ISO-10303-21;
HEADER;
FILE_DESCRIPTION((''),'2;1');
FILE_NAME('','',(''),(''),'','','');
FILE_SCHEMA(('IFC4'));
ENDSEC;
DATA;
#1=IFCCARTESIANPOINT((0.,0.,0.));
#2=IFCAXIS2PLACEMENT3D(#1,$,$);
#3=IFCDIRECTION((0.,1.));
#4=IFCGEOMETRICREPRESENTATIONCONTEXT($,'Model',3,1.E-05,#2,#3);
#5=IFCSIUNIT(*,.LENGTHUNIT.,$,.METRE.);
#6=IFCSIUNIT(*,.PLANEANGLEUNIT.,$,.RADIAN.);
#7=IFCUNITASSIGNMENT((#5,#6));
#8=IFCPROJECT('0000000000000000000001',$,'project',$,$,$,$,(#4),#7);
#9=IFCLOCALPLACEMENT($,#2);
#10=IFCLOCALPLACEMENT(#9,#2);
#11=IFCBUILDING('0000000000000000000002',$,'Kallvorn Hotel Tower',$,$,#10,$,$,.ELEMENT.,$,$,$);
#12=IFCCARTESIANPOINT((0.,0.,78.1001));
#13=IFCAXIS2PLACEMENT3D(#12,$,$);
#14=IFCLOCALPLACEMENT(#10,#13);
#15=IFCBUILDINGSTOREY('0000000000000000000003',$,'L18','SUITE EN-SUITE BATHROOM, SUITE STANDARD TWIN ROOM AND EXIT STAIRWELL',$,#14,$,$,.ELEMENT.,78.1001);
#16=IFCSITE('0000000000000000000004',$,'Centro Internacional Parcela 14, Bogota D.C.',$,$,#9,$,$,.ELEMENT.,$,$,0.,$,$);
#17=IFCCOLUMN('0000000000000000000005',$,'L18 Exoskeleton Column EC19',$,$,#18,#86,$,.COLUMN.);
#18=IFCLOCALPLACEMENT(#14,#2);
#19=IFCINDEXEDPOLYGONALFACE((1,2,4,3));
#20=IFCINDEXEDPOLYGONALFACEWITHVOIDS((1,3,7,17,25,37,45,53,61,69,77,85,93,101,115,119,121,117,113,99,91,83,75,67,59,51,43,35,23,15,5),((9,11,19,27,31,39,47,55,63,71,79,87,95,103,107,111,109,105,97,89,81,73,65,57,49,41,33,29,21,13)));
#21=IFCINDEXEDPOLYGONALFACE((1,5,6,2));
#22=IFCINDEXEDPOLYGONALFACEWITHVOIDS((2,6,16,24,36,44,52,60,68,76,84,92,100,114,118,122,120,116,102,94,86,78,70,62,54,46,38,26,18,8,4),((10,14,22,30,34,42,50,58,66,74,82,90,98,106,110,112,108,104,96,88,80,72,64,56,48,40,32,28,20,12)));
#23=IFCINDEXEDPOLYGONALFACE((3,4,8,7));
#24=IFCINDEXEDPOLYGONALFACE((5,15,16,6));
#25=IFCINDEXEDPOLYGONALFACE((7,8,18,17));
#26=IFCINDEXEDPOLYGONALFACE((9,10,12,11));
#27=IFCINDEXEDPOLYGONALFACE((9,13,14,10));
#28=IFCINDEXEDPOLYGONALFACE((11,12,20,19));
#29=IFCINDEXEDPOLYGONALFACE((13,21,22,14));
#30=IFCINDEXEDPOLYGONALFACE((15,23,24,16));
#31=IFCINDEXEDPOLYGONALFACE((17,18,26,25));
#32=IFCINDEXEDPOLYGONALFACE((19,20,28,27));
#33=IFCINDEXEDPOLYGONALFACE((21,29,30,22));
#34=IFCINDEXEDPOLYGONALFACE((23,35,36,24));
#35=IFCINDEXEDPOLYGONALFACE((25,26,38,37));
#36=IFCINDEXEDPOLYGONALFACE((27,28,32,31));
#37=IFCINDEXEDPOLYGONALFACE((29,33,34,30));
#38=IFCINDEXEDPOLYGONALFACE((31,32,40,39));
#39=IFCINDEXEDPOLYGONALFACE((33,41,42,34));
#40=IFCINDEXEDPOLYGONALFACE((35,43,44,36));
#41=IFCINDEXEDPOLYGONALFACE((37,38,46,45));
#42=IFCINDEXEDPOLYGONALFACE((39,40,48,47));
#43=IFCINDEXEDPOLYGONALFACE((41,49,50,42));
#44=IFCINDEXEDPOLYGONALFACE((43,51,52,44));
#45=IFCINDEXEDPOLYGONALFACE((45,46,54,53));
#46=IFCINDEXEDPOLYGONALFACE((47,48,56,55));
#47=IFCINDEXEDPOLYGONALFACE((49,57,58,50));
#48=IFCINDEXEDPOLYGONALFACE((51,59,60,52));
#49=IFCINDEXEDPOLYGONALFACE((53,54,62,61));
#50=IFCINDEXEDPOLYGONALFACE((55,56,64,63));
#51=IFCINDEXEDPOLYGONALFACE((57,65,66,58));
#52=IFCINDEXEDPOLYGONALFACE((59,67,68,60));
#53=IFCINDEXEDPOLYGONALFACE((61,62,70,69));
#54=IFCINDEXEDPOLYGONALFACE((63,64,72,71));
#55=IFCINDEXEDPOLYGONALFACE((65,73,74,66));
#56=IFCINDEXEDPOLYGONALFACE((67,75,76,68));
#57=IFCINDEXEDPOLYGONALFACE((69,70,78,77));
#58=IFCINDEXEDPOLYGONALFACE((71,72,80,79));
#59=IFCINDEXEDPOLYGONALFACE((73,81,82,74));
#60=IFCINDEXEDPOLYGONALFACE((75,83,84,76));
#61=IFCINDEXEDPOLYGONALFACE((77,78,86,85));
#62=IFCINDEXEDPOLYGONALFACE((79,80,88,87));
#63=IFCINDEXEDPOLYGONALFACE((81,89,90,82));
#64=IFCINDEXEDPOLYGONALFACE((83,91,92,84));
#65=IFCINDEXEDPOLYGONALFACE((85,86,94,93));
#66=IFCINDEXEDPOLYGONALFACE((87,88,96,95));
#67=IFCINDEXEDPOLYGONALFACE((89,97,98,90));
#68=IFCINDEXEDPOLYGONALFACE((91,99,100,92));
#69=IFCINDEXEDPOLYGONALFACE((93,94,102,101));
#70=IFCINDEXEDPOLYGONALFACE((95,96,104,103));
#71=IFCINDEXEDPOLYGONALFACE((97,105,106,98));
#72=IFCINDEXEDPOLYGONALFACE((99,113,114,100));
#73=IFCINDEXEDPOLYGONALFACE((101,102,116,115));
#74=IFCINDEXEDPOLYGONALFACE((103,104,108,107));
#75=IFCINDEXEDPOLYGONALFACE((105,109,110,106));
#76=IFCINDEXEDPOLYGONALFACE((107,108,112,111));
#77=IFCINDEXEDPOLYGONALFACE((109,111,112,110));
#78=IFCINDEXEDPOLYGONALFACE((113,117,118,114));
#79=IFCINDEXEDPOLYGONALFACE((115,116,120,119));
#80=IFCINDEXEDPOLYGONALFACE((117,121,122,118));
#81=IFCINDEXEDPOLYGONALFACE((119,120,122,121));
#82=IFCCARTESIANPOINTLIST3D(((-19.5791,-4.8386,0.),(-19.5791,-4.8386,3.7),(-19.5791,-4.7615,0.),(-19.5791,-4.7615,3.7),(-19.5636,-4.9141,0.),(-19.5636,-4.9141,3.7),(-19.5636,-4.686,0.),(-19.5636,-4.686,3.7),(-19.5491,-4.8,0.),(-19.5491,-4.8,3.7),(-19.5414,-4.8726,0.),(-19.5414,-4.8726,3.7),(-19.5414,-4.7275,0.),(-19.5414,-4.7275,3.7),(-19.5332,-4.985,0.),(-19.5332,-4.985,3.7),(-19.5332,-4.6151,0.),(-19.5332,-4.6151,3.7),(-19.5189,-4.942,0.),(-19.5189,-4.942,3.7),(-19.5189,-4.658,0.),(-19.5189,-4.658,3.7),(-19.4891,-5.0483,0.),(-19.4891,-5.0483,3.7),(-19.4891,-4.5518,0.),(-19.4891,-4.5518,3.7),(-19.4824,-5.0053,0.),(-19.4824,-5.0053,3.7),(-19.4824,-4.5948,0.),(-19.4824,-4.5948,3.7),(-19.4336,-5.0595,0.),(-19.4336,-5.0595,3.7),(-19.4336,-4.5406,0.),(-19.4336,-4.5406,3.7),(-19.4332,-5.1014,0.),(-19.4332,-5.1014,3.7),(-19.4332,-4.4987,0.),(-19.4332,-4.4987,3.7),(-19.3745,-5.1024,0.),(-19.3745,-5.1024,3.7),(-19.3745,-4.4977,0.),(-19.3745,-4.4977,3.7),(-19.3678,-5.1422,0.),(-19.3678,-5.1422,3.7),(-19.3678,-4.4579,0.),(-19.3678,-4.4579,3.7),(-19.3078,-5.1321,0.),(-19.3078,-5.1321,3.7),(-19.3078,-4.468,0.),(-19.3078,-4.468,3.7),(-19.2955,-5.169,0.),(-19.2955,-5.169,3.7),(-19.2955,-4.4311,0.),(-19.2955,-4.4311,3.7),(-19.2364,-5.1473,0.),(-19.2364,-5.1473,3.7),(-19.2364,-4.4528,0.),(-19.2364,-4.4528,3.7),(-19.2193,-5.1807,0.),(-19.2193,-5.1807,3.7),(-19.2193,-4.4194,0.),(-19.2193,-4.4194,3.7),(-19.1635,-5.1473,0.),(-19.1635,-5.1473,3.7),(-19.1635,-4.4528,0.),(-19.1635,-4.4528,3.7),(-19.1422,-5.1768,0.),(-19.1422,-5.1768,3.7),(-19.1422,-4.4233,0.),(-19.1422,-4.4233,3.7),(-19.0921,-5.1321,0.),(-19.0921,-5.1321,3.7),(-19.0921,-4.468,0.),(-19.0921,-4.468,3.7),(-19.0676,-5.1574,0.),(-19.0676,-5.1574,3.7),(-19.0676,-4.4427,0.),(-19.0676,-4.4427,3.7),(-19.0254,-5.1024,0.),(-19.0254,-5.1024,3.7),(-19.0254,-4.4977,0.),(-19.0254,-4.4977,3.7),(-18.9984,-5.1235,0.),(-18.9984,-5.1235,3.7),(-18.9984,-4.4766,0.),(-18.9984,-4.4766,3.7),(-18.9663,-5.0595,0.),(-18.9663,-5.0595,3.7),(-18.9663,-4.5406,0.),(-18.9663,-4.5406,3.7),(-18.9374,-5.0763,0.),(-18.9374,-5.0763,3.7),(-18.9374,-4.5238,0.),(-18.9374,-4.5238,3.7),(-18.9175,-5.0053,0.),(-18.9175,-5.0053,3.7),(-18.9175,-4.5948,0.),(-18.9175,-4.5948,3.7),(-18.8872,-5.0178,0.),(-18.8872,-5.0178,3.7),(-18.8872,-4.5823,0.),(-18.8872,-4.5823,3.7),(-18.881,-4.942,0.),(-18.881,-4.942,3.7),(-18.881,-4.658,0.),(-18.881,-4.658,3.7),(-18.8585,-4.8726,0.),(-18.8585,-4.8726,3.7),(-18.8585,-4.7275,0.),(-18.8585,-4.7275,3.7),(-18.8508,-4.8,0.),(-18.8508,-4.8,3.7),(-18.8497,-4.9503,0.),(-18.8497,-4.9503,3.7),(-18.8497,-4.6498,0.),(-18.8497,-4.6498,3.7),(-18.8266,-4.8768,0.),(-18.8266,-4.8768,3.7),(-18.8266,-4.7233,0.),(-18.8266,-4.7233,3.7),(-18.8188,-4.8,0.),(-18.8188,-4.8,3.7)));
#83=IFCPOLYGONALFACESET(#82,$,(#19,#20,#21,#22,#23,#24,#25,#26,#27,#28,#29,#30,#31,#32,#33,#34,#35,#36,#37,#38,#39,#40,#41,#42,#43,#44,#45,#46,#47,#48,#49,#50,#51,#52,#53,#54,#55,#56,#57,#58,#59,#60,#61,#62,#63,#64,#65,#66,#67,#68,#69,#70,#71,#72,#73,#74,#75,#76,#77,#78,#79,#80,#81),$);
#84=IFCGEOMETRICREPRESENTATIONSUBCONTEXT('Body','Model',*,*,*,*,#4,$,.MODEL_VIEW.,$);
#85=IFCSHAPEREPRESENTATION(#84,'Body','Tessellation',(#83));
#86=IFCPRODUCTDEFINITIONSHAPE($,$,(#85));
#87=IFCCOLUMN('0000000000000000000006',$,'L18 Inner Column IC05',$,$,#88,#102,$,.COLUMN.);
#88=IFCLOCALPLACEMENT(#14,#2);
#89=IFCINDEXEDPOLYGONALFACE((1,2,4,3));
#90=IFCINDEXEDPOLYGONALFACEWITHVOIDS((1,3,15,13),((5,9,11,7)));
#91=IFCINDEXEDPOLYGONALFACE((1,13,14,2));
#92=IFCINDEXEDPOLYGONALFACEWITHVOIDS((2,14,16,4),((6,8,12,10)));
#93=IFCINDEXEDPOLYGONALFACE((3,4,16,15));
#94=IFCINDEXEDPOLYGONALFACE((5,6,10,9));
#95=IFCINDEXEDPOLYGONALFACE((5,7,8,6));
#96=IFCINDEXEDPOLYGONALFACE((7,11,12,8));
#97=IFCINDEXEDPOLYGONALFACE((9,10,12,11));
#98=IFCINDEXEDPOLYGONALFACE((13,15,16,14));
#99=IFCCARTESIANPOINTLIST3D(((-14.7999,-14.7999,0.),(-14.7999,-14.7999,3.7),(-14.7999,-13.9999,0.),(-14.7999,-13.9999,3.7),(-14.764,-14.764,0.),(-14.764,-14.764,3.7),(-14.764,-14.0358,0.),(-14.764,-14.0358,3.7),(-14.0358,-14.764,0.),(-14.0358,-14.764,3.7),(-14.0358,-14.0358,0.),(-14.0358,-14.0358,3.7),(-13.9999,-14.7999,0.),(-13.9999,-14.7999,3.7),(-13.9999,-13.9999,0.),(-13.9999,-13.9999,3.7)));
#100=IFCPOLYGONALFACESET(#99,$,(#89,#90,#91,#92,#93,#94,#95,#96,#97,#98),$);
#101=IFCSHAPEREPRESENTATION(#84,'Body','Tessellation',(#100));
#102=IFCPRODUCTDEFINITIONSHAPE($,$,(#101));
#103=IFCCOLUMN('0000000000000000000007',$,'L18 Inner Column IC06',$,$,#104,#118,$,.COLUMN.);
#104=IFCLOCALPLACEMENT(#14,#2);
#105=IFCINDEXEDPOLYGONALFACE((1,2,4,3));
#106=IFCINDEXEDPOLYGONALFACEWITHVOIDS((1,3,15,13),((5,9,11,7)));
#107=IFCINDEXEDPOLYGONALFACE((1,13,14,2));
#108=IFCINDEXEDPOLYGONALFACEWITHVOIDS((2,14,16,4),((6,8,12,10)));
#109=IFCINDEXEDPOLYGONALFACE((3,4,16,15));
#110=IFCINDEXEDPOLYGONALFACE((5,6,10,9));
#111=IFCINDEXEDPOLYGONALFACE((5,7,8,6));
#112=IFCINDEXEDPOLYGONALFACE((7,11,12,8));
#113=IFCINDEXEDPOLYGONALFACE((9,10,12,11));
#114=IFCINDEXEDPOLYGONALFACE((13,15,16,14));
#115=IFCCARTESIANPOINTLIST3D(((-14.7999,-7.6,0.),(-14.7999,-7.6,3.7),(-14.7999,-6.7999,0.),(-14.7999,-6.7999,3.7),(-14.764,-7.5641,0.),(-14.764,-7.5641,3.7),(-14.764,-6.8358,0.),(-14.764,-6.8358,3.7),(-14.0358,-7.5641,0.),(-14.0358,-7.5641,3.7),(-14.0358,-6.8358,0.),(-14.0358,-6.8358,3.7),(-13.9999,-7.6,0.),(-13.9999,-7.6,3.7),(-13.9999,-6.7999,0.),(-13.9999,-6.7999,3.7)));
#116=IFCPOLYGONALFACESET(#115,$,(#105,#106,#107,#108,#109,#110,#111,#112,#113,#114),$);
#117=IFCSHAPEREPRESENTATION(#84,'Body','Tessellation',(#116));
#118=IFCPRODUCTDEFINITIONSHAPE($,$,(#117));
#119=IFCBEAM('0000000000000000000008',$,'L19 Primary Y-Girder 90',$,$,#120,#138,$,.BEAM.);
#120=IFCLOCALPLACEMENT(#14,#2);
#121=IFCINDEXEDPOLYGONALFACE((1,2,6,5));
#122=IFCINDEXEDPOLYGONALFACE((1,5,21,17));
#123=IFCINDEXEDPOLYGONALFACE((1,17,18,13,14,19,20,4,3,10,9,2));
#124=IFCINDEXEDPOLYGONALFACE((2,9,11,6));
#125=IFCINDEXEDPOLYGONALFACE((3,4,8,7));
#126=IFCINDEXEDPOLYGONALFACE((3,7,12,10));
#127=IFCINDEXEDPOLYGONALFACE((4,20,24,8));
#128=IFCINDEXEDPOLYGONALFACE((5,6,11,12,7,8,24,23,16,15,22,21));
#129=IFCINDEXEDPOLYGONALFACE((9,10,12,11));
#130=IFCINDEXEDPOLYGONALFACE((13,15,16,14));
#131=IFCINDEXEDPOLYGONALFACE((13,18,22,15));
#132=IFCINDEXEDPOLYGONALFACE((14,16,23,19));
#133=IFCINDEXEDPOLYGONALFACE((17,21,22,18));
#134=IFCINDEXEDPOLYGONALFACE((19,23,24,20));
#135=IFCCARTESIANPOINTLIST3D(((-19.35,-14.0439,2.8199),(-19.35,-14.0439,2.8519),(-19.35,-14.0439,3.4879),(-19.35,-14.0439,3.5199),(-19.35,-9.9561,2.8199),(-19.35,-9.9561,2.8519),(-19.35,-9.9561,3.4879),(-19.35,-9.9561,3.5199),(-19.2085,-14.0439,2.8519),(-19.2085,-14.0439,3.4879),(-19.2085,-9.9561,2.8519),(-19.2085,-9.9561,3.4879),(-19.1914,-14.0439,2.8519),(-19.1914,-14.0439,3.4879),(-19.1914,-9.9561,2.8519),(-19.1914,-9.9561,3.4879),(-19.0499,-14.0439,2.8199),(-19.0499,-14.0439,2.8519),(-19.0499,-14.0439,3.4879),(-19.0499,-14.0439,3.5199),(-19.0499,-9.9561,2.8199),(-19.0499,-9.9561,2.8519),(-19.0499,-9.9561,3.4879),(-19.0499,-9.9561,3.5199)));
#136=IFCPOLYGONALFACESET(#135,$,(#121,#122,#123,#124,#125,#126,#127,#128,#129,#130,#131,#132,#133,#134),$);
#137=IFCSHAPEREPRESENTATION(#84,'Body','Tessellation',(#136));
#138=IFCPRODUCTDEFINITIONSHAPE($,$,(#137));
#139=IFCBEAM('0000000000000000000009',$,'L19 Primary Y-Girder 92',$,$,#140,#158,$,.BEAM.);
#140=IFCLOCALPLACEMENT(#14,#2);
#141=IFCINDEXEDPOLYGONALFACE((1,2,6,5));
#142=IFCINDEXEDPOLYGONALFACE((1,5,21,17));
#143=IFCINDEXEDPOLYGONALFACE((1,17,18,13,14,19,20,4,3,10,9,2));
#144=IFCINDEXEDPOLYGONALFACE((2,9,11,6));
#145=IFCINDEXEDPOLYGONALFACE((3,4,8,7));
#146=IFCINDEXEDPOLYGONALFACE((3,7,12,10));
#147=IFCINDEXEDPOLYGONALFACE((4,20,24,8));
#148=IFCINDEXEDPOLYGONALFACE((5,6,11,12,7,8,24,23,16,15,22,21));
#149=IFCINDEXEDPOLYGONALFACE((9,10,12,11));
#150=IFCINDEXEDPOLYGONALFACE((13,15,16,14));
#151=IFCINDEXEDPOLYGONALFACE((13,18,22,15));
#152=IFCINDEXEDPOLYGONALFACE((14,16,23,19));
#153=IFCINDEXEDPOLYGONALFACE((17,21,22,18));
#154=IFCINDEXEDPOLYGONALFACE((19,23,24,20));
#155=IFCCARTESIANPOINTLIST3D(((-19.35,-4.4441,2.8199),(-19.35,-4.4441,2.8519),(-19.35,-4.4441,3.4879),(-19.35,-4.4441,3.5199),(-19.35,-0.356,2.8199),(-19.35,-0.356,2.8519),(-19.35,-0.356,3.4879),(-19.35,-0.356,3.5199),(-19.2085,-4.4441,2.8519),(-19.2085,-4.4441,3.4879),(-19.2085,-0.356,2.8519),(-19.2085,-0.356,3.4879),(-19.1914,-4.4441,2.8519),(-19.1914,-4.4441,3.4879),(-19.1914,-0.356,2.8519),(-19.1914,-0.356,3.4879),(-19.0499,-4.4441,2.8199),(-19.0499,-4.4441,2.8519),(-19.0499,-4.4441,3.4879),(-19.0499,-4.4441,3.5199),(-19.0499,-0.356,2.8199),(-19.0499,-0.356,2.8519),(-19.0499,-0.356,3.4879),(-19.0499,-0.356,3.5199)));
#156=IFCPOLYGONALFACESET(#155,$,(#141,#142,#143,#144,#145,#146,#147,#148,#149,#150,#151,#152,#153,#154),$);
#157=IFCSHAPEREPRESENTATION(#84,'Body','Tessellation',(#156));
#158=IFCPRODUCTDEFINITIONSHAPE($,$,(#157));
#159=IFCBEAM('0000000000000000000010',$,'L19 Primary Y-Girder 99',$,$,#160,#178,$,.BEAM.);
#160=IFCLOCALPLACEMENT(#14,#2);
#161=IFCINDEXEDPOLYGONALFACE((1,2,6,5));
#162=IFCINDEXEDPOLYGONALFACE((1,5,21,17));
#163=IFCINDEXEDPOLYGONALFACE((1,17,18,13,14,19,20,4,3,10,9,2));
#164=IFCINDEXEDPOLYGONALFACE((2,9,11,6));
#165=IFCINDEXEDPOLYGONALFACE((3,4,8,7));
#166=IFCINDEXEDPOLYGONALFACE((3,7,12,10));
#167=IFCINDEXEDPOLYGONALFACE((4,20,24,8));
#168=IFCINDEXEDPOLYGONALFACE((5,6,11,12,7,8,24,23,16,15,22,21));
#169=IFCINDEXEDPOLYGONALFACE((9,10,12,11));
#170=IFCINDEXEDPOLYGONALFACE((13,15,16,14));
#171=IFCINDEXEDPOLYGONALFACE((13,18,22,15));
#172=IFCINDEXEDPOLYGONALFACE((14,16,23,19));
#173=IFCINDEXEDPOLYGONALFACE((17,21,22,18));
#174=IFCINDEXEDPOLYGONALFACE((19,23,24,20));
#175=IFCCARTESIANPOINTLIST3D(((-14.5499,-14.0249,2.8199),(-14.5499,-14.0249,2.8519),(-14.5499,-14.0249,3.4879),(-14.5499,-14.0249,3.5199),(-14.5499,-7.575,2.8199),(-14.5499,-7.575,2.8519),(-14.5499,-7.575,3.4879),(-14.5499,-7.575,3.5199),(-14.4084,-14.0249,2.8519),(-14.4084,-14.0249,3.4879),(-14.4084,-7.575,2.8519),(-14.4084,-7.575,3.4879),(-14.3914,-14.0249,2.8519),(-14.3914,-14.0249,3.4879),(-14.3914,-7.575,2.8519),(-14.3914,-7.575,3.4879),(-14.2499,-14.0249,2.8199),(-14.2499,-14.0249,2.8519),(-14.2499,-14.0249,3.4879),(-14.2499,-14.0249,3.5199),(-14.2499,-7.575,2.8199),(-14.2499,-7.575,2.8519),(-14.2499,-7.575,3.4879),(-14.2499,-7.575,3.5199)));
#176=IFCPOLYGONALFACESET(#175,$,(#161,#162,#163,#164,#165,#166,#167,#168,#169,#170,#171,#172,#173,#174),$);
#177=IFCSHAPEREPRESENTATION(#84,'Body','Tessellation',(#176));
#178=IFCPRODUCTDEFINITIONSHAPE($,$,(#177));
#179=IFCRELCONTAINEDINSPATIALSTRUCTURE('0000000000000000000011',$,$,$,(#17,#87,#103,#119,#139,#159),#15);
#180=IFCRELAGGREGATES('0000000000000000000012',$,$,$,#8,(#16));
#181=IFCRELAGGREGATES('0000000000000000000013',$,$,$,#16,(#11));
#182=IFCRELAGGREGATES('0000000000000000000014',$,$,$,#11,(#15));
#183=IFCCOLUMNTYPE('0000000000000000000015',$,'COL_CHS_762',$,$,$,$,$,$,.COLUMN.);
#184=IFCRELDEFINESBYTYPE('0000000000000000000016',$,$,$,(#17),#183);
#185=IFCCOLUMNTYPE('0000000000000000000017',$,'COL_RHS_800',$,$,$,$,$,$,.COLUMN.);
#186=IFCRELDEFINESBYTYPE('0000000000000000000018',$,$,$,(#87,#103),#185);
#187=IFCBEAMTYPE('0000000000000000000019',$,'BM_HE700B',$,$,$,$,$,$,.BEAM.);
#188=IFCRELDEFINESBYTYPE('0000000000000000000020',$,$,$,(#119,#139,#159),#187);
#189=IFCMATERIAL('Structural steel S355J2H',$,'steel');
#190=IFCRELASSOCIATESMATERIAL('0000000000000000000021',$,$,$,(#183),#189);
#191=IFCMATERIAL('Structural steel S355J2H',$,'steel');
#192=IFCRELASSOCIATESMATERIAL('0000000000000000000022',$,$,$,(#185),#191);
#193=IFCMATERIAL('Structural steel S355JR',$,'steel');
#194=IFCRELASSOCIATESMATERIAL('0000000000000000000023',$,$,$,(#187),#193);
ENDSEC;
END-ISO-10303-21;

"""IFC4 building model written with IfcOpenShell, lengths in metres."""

from ifc_helpers import new_model, si_unit, direction, frame, origin, origin_2d, place, context, subcontext, project, spatial, hollow_rectangle, hollow_circle, i_section, extrude, material, material_profile, profile_set, type_object, element, save


model = new_model("IFC4")

# Units and contexts
model_context = context("Model", 3, precision=1e-05, world=origin(), true_north=direction((0.0, 1.0)))
body_context = subcontext(model_context, "Body", "Model", "MODEL_VIEW")
ifc_project = project(units=[si_unit("LENGTHUNIT", "METRE"), si_unit("PLANEANGLEUNIT", "RADIAN")], contexts=[model_context])

# Site, building, storey
site_placement = place(None, origin())
site = spatial("IfcSite", under=ifc_project, at=site_placement, Name="Centro Internacional Parcela 14, Bogota D.C.", CompositionType="ELEMENT", RefElevation=0.0)
building_placement = place(site_placement, origin())
building = spatial("IfcBuilding", under=site, at=building_placement, Name="Kallvorn Hotel Tower", CompositionType="ELEMENT")
storey_placement = place(building_placement, frame((0.0, 0.0, 78.1001)))
storey = spatial("IfcBuildingStorey", under=building, at=storey_placement, Name="L18", Description="SUITE EN-SUITE BATHROOM, SUITE STANDARD TWIN ROOM AND EXIT STAIRWELL", CompositionType="ELEMENT", Elevation=78.1001)

# Columns
ifc_material_1 = material(Name="Structural steel S355J2H", Category="steel")
ifc_material_profile_1 = material_profile(ifc_material_1, hollow_circle(Radius=0.3811, WallThickness=0.032, at=origin_2d()), Name="CHS 762x32")
ifc_profile_set_1 = profile_set([ifc_material_profile_1], Name="Structural steel S355J2H")
column_type_1 = type_object("IfcColumnType", Name="COL_CHS_762", PredefinedType="COLUMN", material=ifc_profile_set_1)
for number, where, z_axis, x_axis, name in (
    (1, (-19.2, -4.8, 0.0), (0.0, 0.0, 1.0), (1.0, 0.0, 0.0), "L18 Exoskeleton Column EC19"),
):
    element("IfcColumn", number, at=place(storey_placement, frame(where, z_axis=z_axis, x_axis=x_axis)), inside=storey, type_object=column_type_1, Name=name, PredefinedType="COLUMN", context=body_context, shape_type="SweptSolid", body=[
        extrude(hollow_circle(Radius=0.3811, WallThickness=0.032, at=origin_2d()), origin(), (0.0, 0.0, 1.0), 3.7),
    ])
ifc_material_2 = material(Name="Structural steel S355J2H", Category="steel")
ifc_material_profile_2 = material_profile(ifc_material_2, hollow_rectangle(XDim=0.8, YDim=0.8, WallThickness=0.0359, at=origin_2d()), Name="RHS 800x800x36")
ifc_profile_set_2 = profile_set([ifc_material_profile_2], Name="Structural steel S355J2H")
column_type_2 = type_object("IfcColumnType", Name="COL_RHS_800", PredefinedType="COLUMN", material=ifc_profile_set_2)
for number, where, z_axis, x_axis, name in (
    (2, (-14.3999, -14.3999, 0.0), (0.0, 0.0, 1.0), (1.0, 0.0, 0.0), "L18 Inner Column IC05"),
    (3, (-14.3999, -7.2, 0.0), (0.0, 0.0, 1.0), (1.0, 0.0, 0.0), "L18 Inner Column IC06"),
):
    element("IfcColumn", number, at=place(storey_placement, frame(where, z_axis=z_axis, x_axis=x_axis)), inside=storey, type_object=column_type_2, Name=name, PredefinedType="COLUMN", context=body_context, shape_type="SweptSolid", body=[
        extrude(hollow_rectangle(XDim=0.8, YDim=0.8, WallThickness=0.0359, at=origin_2d()), origin(), (0.0, 0.0, 1.0), 3.7),
    ])

# Beams
ifc_material_3 = material(Name="Structural steel S355JR", Category="steel")
ifc_material_profile_3 = material_profile(ifc_material_3, i_section(OverallWidth=0.3, OverallDepth=0.7, WebThickness=0.0171, FlangeThickness=0.032, at=origin_2d()), Name="HE 700 B")
ifc_profile_set_3 = profile_set([ifc_material_profile_3], Name="Structural steel S355JR")
beam_type_1 = type_object("IfcBeamType", Name="BM_HE700B", PredefinedType="BEAM", material=ifc_profile_set_3)
beam_1_placement = place(storey_placement, frame((-19.2, -14.0439, 3.1699), z_axis=(0.0, 1.0, 0.0), x_axis=(-1.0, 0.0, 0.0)))
element("IfcBeam", 4, at=beam_1_placement, inside=storey, type_object=beam_type_1, Name="L19 Primary Y-Girder 90", PredefinedType="BEAM", context=body_context, shape_type="SweptSolid", body=[
    extrude(i_section(OverallWidth=0.3, OverallDepth=0.7, WebThickness=0.0171, FlangeThickness=0.032, at=origin_2d()), origin(), (0.0, 0.0, 1.0), 4.0879),
])
beam_2_placement = place(storey_placement, frame((-19.2, -4.4441, 3.1699), z_axis=(0.0, 1.0, 0.0), x_axis=(-1.0, 0.0, 0.0)))
element("IfcBeam", 5, at=beam_2_placement, inside=storey, type_object=beam_type_1, Name="L19 Primary Y-Girder 92", PredefinedType="BEAM", context=body_context, shape_type="SweptSolid", body=[
    extrude(i_section(OverallWidth=0.3, OverallDepth=0.7, WebThickness=0.0171, FlangeThickness=0.032, at=origin_2d()), origin(), (0.0, 0.0, 1.0), 4.0881),
])
beam_3_placement = place(storey_placement, frame((-14.3999, -14.0249, 3.1699), z_axis=(0.0, 1.0, 0.0), x_axis=(-1.0, 0.0, 0.0)))
element("IfcBeam", 6, at=beam_3_placement, inside=storey, type_object=beam_type_1, Name="L19 Primary Y-Girder 99", PredefinedType="BEAM", context=body_context, shape_type="SweptSolid", body=[
    extrude(i_section(OverallWidth=0.3, OverallDepth=0.7, WebThickness=0.0171, FlangeThickness=0.032, at=origin_2d()), origin(), (0.0, 0.0, 1.0), 6.45),
])

save(model, "model.ifc")
